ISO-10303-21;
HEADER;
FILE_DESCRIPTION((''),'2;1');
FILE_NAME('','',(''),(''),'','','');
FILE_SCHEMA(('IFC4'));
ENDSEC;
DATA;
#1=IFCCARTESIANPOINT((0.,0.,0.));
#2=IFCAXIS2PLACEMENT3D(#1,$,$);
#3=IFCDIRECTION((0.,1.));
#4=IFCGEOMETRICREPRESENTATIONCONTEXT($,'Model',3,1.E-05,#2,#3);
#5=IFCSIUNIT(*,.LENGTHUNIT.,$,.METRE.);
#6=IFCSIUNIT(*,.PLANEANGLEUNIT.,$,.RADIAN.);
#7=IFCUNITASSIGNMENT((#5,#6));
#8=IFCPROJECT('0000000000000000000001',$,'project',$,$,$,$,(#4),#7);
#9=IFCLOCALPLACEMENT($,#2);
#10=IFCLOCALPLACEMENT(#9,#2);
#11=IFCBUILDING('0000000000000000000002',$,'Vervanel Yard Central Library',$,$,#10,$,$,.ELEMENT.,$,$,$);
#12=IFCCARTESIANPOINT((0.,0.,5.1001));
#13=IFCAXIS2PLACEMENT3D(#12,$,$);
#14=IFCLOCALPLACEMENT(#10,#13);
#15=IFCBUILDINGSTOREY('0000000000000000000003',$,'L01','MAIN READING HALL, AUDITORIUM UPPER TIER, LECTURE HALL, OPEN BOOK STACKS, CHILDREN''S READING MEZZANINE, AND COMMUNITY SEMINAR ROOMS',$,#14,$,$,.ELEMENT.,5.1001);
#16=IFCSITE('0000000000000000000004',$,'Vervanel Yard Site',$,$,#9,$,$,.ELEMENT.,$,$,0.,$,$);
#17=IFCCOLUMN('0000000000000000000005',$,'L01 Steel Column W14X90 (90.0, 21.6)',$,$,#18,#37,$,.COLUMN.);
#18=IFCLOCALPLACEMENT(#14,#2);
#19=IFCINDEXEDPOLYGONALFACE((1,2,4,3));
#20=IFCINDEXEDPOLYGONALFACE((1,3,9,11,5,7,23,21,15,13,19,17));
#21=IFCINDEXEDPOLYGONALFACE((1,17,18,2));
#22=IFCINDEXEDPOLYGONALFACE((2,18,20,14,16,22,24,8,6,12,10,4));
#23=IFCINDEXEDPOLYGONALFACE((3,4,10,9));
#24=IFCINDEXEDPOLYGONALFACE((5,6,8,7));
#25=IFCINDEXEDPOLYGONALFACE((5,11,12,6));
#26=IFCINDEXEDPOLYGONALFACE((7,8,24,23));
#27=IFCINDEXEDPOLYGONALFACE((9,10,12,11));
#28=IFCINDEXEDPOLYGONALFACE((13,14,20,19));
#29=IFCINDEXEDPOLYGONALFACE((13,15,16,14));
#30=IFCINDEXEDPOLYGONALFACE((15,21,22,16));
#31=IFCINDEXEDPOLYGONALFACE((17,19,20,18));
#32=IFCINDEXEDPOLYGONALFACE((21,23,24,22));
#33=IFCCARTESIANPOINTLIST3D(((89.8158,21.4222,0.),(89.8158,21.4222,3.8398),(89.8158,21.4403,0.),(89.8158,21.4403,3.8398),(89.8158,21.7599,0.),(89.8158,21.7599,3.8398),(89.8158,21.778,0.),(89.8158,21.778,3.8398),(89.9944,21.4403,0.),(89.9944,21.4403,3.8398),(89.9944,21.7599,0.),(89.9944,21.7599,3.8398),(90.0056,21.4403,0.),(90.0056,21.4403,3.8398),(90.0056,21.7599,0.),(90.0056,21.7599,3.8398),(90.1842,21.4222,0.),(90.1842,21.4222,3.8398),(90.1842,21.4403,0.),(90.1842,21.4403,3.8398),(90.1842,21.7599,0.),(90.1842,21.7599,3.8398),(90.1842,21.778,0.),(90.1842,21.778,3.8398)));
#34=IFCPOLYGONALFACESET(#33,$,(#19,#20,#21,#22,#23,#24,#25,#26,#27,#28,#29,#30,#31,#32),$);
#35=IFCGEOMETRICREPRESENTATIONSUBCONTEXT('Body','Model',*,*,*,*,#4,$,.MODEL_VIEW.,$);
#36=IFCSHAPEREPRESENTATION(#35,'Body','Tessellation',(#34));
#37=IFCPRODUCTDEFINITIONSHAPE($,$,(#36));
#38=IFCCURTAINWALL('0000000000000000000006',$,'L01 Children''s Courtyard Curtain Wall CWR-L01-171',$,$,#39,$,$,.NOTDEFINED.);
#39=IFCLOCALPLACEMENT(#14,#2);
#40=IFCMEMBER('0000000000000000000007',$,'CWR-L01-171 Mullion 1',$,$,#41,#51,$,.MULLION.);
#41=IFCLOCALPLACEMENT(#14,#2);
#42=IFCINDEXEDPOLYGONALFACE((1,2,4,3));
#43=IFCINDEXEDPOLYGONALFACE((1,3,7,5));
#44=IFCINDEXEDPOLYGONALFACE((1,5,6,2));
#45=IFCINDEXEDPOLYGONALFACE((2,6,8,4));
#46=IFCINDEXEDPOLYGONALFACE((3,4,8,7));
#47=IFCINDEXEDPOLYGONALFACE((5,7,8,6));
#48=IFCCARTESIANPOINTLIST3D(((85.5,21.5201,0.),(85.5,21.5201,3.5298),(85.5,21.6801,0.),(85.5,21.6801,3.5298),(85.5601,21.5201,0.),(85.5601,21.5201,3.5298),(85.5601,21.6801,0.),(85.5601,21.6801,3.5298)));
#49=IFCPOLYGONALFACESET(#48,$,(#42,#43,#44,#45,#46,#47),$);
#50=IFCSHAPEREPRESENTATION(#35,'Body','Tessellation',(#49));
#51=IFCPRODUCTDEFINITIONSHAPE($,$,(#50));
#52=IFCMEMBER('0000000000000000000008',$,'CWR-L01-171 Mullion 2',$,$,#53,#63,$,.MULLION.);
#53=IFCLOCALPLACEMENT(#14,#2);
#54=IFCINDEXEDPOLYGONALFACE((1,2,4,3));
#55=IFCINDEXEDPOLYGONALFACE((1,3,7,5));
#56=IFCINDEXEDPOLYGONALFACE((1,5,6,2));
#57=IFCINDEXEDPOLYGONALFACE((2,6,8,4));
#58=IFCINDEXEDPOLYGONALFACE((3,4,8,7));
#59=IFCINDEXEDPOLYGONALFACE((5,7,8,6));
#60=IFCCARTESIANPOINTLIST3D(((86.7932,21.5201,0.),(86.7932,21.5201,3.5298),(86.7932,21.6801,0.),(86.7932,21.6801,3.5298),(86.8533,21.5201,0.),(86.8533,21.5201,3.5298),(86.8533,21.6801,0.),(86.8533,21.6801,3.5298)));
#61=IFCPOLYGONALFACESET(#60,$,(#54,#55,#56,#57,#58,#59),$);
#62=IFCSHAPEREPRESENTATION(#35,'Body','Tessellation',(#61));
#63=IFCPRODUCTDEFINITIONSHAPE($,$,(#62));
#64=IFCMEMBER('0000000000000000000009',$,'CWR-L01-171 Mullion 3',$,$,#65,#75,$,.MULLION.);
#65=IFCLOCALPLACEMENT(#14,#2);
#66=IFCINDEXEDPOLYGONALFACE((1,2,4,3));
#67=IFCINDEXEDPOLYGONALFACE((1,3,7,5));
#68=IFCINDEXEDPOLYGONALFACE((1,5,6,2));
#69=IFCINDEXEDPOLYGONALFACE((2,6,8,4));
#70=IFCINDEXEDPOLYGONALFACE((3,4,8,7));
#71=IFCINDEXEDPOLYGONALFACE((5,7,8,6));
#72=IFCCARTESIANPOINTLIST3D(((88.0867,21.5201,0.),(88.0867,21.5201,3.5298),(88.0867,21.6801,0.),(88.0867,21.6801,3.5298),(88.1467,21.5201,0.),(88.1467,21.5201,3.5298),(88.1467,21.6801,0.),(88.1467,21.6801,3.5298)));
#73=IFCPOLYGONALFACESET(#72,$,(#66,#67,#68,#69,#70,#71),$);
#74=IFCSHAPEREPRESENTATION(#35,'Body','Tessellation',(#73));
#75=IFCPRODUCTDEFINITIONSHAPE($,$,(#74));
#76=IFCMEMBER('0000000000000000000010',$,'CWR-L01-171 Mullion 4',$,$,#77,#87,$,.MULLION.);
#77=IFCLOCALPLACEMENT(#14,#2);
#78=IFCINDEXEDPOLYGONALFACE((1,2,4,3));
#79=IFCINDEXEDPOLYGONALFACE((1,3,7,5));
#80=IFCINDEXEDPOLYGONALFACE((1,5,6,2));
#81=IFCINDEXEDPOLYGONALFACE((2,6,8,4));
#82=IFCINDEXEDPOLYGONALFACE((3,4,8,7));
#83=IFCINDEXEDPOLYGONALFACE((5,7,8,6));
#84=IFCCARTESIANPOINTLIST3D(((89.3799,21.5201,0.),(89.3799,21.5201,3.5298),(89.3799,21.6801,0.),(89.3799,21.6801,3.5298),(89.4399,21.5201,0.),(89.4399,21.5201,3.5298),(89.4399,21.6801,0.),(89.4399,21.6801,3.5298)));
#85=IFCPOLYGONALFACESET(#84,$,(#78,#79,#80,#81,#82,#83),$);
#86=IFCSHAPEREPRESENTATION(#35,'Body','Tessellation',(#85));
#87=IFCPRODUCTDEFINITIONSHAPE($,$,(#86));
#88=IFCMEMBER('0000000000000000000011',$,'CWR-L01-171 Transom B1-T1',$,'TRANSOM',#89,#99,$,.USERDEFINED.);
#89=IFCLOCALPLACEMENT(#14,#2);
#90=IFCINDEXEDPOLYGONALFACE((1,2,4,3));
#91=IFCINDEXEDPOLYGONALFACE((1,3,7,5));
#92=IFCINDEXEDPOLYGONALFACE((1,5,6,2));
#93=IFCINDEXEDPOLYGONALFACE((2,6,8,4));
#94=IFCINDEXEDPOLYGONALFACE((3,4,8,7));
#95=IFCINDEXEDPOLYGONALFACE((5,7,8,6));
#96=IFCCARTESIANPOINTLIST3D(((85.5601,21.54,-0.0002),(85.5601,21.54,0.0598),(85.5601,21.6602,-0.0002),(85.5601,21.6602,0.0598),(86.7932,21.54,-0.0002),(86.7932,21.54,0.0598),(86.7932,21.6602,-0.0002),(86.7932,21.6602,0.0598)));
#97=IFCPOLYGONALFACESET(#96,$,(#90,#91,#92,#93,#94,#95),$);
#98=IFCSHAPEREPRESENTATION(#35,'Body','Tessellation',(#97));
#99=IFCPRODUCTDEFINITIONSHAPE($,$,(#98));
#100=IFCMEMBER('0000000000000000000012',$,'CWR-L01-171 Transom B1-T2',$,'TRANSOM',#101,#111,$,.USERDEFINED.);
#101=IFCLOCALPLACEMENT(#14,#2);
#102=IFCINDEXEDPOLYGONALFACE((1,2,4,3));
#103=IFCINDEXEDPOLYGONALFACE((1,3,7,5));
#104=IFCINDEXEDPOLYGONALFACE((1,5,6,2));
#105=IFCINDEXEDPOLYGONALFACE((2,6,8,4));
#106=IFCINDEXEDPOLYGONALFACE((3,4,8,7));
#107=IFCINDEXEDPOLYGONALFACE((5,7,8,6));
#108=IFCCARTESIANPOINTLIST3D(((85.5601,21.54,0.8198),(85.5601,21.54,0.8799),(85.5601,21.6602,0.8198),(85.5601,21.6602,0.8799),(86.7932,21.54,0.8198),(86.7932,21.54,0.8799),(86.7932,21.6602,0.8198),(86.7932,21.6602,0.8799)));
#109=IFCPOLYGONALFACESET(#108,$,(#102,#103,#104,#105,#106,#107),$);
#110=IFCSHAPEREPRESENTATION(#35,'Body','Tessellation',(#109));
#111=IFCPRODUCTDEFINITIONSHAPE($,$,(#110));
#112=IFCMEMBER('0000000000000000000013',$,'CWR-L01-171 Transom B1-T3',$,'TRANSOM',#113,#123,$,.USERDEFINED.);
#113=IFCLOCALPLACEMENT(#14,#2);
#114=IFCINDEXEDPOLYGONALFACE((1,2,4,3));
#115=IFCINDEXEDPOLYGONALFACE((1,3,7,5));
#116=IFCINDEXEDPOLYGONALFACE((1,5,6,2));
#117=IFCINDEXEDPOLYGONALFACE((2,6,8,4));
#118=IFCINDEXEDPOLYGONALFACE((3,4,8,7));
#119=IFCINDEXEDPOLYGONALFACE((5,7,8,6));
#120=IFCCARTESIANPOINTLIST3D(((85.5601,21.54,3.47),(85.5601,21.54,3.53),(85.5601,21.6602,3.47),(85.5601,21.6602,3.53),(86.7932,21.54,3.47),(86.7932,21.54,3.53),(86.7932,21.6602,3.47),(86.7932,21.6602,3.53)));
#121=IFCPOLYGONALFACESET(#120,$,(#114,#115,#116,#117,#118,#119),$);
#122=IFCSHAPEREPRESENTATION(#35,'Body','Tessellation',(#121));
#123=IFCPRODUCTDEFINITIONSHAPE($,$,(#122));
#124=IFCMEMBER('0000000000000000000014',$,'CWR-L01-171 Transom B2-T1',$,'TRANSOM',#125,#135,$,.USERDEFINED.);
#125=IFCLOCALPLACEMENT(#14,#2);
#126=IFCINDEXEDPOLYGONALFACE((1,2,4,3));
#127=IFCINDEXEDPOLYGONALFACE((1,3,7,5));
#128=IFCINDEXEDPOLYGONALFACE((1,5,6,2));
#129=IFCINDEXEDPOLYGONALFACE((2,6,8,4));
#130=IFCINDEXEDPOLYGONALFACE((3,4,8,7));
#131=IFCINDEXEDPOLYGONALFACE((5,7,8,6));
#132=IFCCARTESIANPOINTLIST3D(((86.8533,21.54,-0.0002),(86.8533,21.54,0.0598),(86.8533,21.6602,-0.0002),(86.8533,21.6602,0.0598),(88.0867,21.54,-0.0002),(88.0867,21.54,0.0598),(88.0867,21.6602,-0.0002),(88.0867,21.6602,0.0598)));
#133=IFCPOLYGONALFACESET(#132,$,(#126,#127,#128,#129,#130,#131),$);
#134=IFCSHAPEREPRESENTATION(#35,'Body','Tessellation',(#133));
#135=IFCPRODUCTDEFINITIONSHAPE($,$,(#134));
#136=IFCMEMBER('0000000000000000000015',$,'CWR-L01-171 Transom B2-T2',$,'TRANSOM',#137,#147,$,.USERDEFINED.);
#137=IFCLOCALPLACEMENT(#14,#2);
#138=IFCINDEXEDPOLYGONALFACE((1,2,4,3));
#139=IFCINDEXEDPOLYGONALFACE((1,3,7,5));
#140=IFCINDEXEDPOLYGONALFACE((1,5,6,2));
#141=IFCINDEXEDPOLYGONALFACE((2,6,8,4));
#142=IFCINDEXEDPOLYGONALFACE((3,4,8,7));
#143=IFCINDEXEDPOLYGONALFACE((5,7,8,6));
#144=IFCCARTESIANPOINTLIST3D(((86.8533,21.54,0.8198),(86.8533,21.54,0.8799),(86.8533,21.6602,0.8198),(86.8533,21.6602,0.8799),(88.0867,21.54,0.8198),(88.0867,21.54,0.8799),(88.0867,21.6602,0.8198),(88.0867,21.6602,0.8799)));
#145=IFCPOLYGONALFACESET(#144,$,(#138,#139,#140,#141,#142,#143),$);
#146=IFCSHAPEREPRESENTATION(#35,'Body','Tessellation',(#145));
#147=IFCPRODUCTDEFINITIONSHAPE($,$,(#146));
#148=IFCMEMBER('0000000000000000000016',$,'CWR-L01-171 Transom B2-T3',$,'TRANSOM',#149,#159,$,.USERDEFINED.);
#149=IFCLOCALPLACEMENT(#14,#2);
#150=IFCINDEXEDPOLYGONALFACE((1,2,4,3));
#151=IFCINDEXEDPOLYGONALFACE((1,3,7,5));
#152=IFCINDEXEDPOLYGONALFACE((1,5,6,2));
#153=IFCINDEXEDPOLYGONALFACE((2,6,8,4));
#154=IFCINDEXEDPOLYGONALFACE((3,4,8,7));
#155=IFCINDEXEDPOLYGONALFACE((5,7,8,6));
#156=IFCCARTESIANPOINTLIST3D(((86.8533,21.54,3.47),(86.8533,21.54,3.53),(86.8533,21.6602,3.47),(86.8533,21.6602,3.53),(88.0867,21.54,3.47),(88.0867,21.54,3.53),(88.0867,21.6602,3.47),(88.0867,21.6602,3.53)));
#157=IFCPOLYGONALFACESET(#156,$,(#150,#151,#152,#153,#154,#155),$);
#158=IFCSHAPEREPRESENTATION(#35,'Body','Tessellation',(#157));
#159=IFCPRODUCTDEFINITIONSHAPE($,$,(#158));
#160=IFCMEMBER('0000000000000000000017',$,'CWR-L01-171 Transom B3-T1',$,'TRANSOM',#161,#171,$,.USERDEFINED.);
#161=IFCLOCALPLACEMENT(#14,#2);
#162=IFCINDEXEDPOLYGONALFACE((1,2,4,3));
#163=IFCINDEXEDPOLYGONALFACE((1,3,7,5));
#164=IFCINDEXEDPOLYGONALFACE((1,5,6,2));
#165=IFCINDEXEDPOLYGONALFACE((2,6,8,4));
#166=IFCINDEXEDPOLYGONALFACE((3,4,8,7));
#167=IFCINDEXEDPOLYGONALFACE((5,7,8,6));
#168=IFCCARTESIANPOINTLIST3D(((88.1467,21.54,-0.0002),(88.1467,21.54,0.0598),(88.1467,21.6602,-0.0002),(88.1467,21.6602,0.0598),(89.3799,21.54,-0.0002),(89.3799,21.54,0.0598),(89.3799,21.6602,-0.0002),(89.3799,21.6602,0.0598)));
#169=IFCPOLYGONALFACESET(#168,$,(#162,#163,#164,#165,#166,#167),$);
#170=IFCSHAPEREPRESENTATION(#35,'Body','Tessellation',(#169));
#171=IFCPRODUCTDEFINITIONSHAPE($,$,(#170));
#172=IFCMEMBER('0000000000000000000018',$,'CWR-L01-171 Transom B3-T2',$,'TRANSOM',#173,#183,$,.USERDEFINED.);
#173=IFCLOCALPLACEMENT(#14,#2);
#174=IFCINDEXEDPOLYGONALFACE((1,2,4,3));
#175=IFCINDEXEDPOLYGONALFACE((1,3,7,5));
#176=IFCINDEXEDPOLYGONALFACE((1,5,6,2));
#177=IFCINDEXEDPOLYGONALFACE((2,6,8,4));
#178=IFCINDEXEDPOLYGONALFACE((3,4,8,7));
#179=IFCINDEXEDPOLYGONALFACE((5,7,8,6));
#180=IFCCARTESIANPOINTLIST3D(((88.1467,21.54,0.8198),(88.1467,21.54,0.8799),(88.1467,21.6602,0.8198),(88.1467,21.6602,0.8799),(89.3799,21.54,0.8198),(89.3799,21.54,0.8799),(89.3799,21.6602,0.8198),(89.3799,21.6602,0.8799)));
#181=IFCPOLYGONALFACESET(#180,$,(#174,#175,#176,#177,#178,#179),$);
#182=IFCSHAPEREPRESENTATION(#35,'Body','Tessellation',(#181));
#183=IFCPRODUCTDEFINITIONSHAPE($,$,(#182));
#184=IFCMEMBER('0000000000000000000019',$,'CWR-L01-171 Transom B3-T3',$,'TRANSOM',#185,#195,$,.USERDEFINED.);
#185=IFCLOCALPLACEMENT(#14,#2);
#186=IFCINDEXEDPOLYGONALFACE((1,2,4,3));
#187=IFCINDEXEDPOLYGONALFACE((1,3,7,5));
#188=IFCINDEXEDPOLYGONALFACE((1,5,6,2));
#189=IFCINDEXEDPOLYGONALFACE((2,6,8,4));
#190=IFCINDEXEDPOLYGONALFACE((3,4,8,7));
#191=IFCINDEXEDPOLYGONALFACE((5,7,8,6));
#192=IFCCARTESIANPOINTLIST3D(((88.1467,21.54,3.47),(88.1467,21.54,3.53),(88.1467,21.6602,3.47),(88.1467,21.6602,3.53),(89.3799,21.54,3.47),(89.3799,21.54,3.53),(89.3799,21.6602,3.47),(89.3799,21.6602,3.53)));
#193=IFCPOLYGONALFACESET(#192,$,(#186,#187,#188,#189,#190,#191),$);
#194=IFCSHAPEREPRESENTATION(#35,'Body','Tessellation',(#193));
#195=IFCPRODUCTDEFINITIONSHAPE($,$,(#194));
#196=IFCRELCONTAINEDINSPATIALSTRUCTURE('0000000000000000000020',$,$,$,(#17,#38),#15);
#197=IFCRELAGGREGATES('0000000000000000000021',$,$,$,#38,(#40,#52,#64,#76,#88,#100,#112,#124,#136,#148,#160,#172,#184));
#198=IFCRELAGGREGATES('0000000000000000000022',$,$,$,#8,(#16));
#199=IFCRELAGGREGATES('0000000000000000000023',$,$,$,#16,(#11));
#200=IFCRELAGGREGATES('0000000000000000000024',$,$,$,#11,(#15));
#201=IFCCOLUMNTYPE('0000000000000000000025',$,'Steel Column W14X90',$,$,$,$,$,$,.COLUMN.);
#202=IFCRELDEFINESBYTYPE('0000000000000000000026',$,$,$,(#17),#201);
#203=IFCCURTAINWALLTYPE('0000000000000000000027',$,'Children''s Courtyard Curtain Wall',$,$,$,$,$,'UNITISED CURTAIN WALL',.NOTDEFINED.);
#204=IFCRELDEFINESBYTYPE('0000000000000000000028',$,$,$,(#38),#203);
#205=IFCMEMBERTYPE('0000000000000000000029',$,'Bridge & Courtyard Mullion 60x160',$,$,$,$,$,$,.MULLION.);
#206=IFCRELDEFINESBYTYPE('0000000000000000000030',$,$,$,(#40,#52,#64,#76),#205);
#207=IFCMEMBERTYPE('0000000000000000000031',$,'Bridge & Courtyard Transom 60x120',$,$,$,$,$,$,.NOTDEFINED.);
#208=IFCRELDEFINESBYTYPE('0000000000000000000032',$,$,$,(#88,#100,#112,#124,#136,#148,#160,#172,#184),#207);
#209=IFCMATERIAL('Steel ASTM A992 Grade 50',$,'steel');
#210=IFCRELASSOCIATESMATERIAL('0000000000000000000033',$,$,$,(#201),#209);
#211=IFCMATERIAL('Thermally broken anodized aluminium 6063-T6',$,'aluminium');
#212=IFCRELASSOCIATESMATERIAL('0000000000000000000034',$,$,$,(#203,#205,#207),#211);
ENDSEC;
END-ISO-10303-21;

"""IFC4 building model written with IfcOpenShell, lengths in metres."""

from ifc_helpers import new_model, si_unit, direction, frame, origin, origin_2d, place, context, subcontext, project, spatial, rectangle, i_section, extrude, material, material_profile, profile_set, type_object, element, aggregate, save


model = new_model("IFC4")

# Units and contexts
model_context = context("Model", 3, precision=1e-05, world=origin(), true_north=direction((0.0, 1.0)))
body_context = subcontext(model_context, "Body", "Model", "MODEL_VIEW")
ifc_project = project(units=[si_unit("LENGTHUNIT", "METRE"), si_unit("PLANEANGLEUNIT", "RADIAN")], contexts=[model_context])

# Site, building, storey
site_placement = place(None, origin())
site = spatial("IfcSite", under=ifc_project, at=site_placement, Name="Vervanel Yard Site", CompositionType="ELEMENT", RefElevation=0.0)
building_placement = place(site_placement, origin())
building = spatial("IfcBuilding", under=site, at=building_placement, Name="Vervanel Yard Central Library", CompositionType="ELEMENT")
storey_placement = place(building_placement, frame((0.0, 0.0, 5.1001)))
storey = spatial("IfcBuildingStorey", under=building, at=storey_placement, Name="L01", Description="MAIN READING HALL, AUDITORIUM UPPER TIER, LECTURE HALL, OPEN BOOK STACKS, CHILDREN'S READING MEZZANINE, AND COMMUNITY SEMINAR ROOMS", CompositionType="ELEMENT", Elevation=5.1001)

# Column
ifc_material_1 = material(Name="Steel ASTM A992 Grade 50", Category="steel")
ifc_material_profile_1 = material_profile(ifc_material_1, i_section(OverallWidth=0.3684, OverallDepth=0.3557, WebThickness=0.0112, FlangeThickness=0.0181, at=origin_2d()), Name="W14X90", Category="steel")
ifc_profile_set_1 = profile_set([ifc_material_profile_1], Name="Steel ASTM A992 Grade 50")
column_type = type_object("IfcColumnType", Name="Steel Column W14X90", PredefinedType="COLUMN", material=ifc_profile_set_1)
column_placement = place(storey_placement, frame((90.0, 21.6001, 0.0), z_axis=(0.0, 0.0, 1.0), x_axis=(1.0, 0.0, 0.0)))
element("IfcColumn", 1, at=column_placement, inside=storey, type_object=column_type, Name="L01 Steel Column W14X90 (90.0, 21.6)", PredefinedType="COLUMN", context=body_context, shape_type="SweptSolid", body=[
    extrude(i_section(OverallWidth=0.3684, OverallDepth=0.3557, WebThickness=0.0112, FlangeThickness=0.0181, at=origin_2d()), origin(), (0.0, 0.0, 1.0), 3.8398),
])

# Curtain wall, members
ifc_material_2 = material(Name="Thermally broken anodized aluminium 6063-T6", Category="aluminium")
curtain_wall_type = type_object("IfcCurtainWallType", Name="Children's Courtyard Curtain Wall", ElementType="UNITISED CURTAIN WALL", PredefinedType="NOTDEFINED", material=ifc_material_2)
curtain_wall_placement = place(storey_placement, origin())
curtain_wall = element("IfcCurtainWall", 2, at=curtain_wall_placement, inside=storey, type_object=curtain_wall_type, Name="L01 Children's Courtyard Curtain Wall CWR-L01-171", PredefinedType="NOTDEFINED")
ifc_material_profile_2 = material_profile(ifc_material_2, rectangle(XDim=0.0601, YDim=0.1599, at=origin_2d()), Name="ALU 60x160", Category="aluminium")
ifc_profile_set_2 = profile_set([ifc_material_profile_2], Name="Thermally broken anodized aluminium 6063-T6")
member_type_1 = type_object("IfcMemberType", Name="Bridge & Courtyard Mullion 60x160", PredefinedType="MULLION", material=ifc_profile_set_2)
member_1_placement = place(storey_placement, frame((85.53, 21.6001, 0.0), z_axis=(0.0, 0.0, 1.0), x_axis=(1.0, 0.0, 0.0)))
member_1 = element("IfcMember", 3, at=member_1_placement, type_object=member_type_1, Name="CWR-L01-171 Mullion 1", PredefinedType="MULLION", context=body_context, shape_type="SweptSolid", body=[
    extrude(rectangle(XDim=0.0601, YDim=0.1599, at=origin_2d()), origin(), (0.0, 0.0, 1.0), 3.5298),
])
member_2_placement = place(storey_placement, frame((86.8232, 21.6001, 0.0), z_axis=(0.0, 0.0, 1.0), x_axis=(1.0, 0.0, 0.0)))
member_2 = element("IfcMember", 4, at=member_2_placement, type_object=member_type_1, Name="CWR-L01-171 Mullion 2", PredefinedType="MULLION", context=body_context, shape_type="SweptSolid", body=[
    extrude(rectangle(XDim=0.0601, YDim=0.1599, at=origin_2d()), origin(), (0.0, 0.0, 1.0), 3.5298),
])
member_3_placement = place(storey_placement, frame((88.1167, 21.6001, 0.0), z_axis=(0.0, 0.0, 1.0), x_axis=(1.0, 0.0, 0.0)))
member_3 = element("IfcMember", 5, at=member_3_placement, type_object=member_type_1, Name="CWR-L01-171 Mullion 3", PredefinedType="MULLION", context=body_context, shape_type="SweptSolid", body=[
    extrude(rectangle(XDim=0.0601, YDim=0.1599, at=origin_2d()), origin(), (0.0, 0.0, 1.0), 3.5298),
])
member_4_placement = place(storey_placement, frame((89.4099, 21.6001, 0.0), z_axis=(0.0, 0.0, 1.0), x_axis=(1.0, 0.0, 0.0)))
member_4 = element("IfcMember", 6, at=member_4_placement, type_object=member_type_1, Name="CWR-L01-171 Mullion 4", PredefinedType="MULLION", context=body_context, shape_type="SweptSolid", body=[
    extrude(rectangle(XDim=0.0601, YDim=0.1599, at=origin_2d()), origin(), (0.0, 0.0, 1.0), 3.5298),
])
ifc_material_profile_3 = material_profile(ifc_material_2, rectangle(XDim=0.0601, YDim=0.1201, at=origin_2d()), Name="ALU 60x120", Category="aluminium")
ifc_profile_set_3 = profile_set([ifc_material_profile_3], Name="Thermally broken anodized aluminium 6063-T6")
member_type_2 = type_object("IfcMemberType", Name="Bridge & Courtyard Transom 60x120", PredefinedType="NOTDEFINED", material=ifc_profile_set_3)
member_5_placement = place(storey_placement, frame((85.5601, 21.6001, 0.0298), z_axis=(1.0, 0.0, 0.0), x_axis=(0.0, 0.0, 1.0)))
member_5 = element("IfcMember", 7, at=member_5_placement, type_object=member_type_2, Name="CWR-L01-171 Transom B1-T1", ObjectType="TRANSOM", PredefinedType="USERDEFINED", context=body_context, shape_type="SweptSolid", body=[
    extrude(rectangle(XDim=0.0601, YDim=0.1201, at=origin_2d()), origin(), (0.0, 0.0, 1.0), 1.2332),
])
member_6_placement = place(storey_placement, frame((85.5601, 21.6001, 0.8499), z_axis=(1.0, 0.0, 0.0), x_axis=(0.0, 0.0, 1.0)))
member_6 = element("IfcMember", 8, at=member_6_placement, type_object=member_type_2, Name="CWR-L01-171 Transom B1-T2", ObjectType="TRANSOM", PredefinedType="USERDEFINED", context=body_context, shape_type="SweptSolid", body=[
    extrude(rectangle(XDim=0.0601, YDim=0.1201, at=origin_2d()), origin(), (0.0, 0.0, 1.0), 1.2332),
])
member_7_placement = place(storey_placement, frame((85.5601, 21.6001, 3.5), z_axis=(1.0, 0.0, 0.0), x_axis=(0.0, 0.0, 1.0)))
member_7 = element("IfcMember", 9, at=member_7_placement, type_object=member_type_2, Name="CWR-L01-171 Transom B1-T3", ObjectType="TRANSOM", PredefinedType="USERDEFINED", context=body_context, shape_type="SweptSolid", body=[
    extrude(rectangle(XDim=0.0601, YDim=0.1201, at=origin_2d()), origin(), (0.0, 0.0, 1.0), 1.2332),
])
member_8_placement = place(storey_placement, frame((86.8533, 21.6001, 0.0298), z_axis=(1.0, 0.0, 0.0), x_axis=(0.0, 0.0, 1.0)))
member_8 = element("IfcMember", 10, at=member_8_placement, type_object=member_type_2, Name="CWR-L01-171 Transom B2-T1", ObjectType="TRANSOM", PredefinedType="USERDEFINED", context=body_context, shape_type="SweptSolid", body=[
    extrude(rectangle(XDim=0.0601, YDim=0.1201, at=origin_2d()), origin(), (0.0, 0.0, 1.0), 1.2334),
])
member_9_placement = place(storey_placement, frame((86.8533, 21.6001, 0.8499), z_axis=(1.0, 0.0, 0.0), x_axis=(0.0, 0.0, 1.0)))
member_9 = element("IfcMember", 11, at=member_9_placement, type_object=member_type_2, Name="CWR-L01-171 Transom B2-T2", ObjectType="TRANSOM", PredefinedType="USERDEFINED", context=body_context, shape_type="SweptSolid", body=[
    extrude(rectangle(XDim=0.0601, YDim=0.1201, at=origin_2d()), origin(), (0.0, 0.0, 1.0), 1.2334),
])
member_10_placement = place(storey_placement, frame((86.8533, 21.6001, 3.5), z_axis=(1.0, 0.0, 0.0), x_axis=(0.0, 0.0, 1.0)))
member_10 = element("IfcMember", 12, at=member_10_placement, type_object=member_type_2, Name="CWR-L01-171 Transom B2-T3", ObjectType="TRANSOM", PredefinedType="USERDEFINED", context=body_context, shape_type="SweptSolid", body=[
    extrude(rectangle(XDim=0.0601, YDim=0.1201, at=origin_2d()), origin(), (0.0, 0.0, 1.0), 1.2334),
])
member_11_placement = place(storey_placement, frame((88.1467, 21.6001, 0.0298), z_axis=(1.0, 0.0, 0.0), x_axis=(0.0, 0.0, 1.0)))
member_11 = element("IfcMember", 13, at=member_11_placement, type_object=member_type_2, Name="CWR-L01-171 Transom B3-T1", ObjectType="TRANSOM", PredefinedType="USERDEFINED", context=body_context, shape_type="SweptSolid", body=[
    extrude(rectangle(XDim=0.0601, YDim=0.1201, at=origin_2d()), origin(), (0.0, 0.0, 1.0), 1.2332),
])
member_12_placement = place(storey_placement, frame((88.1467, 21.6001, 0.8499), z_axis=(1.0, 0.0, 0.0), x_axis=(0.0, 0.0, 1.0)))
member_12 = element("IfcMember", 14, at=member_12_placement, type_object=member_type_2, Name="CWR-L01-171 Transom B3-T2", ObjectType="TRANSOM", PredefinedType="USERDEFINED", context=body_context, shape_type="SweptSolid", body=[
    extrude(rectangle(XDim=0.0601, YDim=0.1201, at=origin_2d()), origin(), (0.0, 0.0, 1.0), 1.2332),
])
member_13_placement = place(storey_placement, frame((88.1467, 21.6001, 3.5), z_axis=(1.0, 0.0, 0.0), x_axis=(0.0, 0.0, 1.0)))
member_13 = element("IfcMember", 15, at=member_13_placement, type_object=member_type_2, Name="CWR-L01-171 Transom B3-T3", ObjectType="TRANSOM", PredefinedType="USERDEFINED", context=body_context, shape_type="SweptSolid", body=[
    extrude(rectangle(XDim=0.0601, YDim=0.1201, at=origin_2d()), origin(), (0.0, 0.0, 1.0), 1.2332),
])

aggregate(curtain_wall, [member_1, member_2, member_3, member_4, member_5, member_6, member_7, member_8, member_9, member_10, member_11, member_12, member_13])

save(model, "model.ifc")
